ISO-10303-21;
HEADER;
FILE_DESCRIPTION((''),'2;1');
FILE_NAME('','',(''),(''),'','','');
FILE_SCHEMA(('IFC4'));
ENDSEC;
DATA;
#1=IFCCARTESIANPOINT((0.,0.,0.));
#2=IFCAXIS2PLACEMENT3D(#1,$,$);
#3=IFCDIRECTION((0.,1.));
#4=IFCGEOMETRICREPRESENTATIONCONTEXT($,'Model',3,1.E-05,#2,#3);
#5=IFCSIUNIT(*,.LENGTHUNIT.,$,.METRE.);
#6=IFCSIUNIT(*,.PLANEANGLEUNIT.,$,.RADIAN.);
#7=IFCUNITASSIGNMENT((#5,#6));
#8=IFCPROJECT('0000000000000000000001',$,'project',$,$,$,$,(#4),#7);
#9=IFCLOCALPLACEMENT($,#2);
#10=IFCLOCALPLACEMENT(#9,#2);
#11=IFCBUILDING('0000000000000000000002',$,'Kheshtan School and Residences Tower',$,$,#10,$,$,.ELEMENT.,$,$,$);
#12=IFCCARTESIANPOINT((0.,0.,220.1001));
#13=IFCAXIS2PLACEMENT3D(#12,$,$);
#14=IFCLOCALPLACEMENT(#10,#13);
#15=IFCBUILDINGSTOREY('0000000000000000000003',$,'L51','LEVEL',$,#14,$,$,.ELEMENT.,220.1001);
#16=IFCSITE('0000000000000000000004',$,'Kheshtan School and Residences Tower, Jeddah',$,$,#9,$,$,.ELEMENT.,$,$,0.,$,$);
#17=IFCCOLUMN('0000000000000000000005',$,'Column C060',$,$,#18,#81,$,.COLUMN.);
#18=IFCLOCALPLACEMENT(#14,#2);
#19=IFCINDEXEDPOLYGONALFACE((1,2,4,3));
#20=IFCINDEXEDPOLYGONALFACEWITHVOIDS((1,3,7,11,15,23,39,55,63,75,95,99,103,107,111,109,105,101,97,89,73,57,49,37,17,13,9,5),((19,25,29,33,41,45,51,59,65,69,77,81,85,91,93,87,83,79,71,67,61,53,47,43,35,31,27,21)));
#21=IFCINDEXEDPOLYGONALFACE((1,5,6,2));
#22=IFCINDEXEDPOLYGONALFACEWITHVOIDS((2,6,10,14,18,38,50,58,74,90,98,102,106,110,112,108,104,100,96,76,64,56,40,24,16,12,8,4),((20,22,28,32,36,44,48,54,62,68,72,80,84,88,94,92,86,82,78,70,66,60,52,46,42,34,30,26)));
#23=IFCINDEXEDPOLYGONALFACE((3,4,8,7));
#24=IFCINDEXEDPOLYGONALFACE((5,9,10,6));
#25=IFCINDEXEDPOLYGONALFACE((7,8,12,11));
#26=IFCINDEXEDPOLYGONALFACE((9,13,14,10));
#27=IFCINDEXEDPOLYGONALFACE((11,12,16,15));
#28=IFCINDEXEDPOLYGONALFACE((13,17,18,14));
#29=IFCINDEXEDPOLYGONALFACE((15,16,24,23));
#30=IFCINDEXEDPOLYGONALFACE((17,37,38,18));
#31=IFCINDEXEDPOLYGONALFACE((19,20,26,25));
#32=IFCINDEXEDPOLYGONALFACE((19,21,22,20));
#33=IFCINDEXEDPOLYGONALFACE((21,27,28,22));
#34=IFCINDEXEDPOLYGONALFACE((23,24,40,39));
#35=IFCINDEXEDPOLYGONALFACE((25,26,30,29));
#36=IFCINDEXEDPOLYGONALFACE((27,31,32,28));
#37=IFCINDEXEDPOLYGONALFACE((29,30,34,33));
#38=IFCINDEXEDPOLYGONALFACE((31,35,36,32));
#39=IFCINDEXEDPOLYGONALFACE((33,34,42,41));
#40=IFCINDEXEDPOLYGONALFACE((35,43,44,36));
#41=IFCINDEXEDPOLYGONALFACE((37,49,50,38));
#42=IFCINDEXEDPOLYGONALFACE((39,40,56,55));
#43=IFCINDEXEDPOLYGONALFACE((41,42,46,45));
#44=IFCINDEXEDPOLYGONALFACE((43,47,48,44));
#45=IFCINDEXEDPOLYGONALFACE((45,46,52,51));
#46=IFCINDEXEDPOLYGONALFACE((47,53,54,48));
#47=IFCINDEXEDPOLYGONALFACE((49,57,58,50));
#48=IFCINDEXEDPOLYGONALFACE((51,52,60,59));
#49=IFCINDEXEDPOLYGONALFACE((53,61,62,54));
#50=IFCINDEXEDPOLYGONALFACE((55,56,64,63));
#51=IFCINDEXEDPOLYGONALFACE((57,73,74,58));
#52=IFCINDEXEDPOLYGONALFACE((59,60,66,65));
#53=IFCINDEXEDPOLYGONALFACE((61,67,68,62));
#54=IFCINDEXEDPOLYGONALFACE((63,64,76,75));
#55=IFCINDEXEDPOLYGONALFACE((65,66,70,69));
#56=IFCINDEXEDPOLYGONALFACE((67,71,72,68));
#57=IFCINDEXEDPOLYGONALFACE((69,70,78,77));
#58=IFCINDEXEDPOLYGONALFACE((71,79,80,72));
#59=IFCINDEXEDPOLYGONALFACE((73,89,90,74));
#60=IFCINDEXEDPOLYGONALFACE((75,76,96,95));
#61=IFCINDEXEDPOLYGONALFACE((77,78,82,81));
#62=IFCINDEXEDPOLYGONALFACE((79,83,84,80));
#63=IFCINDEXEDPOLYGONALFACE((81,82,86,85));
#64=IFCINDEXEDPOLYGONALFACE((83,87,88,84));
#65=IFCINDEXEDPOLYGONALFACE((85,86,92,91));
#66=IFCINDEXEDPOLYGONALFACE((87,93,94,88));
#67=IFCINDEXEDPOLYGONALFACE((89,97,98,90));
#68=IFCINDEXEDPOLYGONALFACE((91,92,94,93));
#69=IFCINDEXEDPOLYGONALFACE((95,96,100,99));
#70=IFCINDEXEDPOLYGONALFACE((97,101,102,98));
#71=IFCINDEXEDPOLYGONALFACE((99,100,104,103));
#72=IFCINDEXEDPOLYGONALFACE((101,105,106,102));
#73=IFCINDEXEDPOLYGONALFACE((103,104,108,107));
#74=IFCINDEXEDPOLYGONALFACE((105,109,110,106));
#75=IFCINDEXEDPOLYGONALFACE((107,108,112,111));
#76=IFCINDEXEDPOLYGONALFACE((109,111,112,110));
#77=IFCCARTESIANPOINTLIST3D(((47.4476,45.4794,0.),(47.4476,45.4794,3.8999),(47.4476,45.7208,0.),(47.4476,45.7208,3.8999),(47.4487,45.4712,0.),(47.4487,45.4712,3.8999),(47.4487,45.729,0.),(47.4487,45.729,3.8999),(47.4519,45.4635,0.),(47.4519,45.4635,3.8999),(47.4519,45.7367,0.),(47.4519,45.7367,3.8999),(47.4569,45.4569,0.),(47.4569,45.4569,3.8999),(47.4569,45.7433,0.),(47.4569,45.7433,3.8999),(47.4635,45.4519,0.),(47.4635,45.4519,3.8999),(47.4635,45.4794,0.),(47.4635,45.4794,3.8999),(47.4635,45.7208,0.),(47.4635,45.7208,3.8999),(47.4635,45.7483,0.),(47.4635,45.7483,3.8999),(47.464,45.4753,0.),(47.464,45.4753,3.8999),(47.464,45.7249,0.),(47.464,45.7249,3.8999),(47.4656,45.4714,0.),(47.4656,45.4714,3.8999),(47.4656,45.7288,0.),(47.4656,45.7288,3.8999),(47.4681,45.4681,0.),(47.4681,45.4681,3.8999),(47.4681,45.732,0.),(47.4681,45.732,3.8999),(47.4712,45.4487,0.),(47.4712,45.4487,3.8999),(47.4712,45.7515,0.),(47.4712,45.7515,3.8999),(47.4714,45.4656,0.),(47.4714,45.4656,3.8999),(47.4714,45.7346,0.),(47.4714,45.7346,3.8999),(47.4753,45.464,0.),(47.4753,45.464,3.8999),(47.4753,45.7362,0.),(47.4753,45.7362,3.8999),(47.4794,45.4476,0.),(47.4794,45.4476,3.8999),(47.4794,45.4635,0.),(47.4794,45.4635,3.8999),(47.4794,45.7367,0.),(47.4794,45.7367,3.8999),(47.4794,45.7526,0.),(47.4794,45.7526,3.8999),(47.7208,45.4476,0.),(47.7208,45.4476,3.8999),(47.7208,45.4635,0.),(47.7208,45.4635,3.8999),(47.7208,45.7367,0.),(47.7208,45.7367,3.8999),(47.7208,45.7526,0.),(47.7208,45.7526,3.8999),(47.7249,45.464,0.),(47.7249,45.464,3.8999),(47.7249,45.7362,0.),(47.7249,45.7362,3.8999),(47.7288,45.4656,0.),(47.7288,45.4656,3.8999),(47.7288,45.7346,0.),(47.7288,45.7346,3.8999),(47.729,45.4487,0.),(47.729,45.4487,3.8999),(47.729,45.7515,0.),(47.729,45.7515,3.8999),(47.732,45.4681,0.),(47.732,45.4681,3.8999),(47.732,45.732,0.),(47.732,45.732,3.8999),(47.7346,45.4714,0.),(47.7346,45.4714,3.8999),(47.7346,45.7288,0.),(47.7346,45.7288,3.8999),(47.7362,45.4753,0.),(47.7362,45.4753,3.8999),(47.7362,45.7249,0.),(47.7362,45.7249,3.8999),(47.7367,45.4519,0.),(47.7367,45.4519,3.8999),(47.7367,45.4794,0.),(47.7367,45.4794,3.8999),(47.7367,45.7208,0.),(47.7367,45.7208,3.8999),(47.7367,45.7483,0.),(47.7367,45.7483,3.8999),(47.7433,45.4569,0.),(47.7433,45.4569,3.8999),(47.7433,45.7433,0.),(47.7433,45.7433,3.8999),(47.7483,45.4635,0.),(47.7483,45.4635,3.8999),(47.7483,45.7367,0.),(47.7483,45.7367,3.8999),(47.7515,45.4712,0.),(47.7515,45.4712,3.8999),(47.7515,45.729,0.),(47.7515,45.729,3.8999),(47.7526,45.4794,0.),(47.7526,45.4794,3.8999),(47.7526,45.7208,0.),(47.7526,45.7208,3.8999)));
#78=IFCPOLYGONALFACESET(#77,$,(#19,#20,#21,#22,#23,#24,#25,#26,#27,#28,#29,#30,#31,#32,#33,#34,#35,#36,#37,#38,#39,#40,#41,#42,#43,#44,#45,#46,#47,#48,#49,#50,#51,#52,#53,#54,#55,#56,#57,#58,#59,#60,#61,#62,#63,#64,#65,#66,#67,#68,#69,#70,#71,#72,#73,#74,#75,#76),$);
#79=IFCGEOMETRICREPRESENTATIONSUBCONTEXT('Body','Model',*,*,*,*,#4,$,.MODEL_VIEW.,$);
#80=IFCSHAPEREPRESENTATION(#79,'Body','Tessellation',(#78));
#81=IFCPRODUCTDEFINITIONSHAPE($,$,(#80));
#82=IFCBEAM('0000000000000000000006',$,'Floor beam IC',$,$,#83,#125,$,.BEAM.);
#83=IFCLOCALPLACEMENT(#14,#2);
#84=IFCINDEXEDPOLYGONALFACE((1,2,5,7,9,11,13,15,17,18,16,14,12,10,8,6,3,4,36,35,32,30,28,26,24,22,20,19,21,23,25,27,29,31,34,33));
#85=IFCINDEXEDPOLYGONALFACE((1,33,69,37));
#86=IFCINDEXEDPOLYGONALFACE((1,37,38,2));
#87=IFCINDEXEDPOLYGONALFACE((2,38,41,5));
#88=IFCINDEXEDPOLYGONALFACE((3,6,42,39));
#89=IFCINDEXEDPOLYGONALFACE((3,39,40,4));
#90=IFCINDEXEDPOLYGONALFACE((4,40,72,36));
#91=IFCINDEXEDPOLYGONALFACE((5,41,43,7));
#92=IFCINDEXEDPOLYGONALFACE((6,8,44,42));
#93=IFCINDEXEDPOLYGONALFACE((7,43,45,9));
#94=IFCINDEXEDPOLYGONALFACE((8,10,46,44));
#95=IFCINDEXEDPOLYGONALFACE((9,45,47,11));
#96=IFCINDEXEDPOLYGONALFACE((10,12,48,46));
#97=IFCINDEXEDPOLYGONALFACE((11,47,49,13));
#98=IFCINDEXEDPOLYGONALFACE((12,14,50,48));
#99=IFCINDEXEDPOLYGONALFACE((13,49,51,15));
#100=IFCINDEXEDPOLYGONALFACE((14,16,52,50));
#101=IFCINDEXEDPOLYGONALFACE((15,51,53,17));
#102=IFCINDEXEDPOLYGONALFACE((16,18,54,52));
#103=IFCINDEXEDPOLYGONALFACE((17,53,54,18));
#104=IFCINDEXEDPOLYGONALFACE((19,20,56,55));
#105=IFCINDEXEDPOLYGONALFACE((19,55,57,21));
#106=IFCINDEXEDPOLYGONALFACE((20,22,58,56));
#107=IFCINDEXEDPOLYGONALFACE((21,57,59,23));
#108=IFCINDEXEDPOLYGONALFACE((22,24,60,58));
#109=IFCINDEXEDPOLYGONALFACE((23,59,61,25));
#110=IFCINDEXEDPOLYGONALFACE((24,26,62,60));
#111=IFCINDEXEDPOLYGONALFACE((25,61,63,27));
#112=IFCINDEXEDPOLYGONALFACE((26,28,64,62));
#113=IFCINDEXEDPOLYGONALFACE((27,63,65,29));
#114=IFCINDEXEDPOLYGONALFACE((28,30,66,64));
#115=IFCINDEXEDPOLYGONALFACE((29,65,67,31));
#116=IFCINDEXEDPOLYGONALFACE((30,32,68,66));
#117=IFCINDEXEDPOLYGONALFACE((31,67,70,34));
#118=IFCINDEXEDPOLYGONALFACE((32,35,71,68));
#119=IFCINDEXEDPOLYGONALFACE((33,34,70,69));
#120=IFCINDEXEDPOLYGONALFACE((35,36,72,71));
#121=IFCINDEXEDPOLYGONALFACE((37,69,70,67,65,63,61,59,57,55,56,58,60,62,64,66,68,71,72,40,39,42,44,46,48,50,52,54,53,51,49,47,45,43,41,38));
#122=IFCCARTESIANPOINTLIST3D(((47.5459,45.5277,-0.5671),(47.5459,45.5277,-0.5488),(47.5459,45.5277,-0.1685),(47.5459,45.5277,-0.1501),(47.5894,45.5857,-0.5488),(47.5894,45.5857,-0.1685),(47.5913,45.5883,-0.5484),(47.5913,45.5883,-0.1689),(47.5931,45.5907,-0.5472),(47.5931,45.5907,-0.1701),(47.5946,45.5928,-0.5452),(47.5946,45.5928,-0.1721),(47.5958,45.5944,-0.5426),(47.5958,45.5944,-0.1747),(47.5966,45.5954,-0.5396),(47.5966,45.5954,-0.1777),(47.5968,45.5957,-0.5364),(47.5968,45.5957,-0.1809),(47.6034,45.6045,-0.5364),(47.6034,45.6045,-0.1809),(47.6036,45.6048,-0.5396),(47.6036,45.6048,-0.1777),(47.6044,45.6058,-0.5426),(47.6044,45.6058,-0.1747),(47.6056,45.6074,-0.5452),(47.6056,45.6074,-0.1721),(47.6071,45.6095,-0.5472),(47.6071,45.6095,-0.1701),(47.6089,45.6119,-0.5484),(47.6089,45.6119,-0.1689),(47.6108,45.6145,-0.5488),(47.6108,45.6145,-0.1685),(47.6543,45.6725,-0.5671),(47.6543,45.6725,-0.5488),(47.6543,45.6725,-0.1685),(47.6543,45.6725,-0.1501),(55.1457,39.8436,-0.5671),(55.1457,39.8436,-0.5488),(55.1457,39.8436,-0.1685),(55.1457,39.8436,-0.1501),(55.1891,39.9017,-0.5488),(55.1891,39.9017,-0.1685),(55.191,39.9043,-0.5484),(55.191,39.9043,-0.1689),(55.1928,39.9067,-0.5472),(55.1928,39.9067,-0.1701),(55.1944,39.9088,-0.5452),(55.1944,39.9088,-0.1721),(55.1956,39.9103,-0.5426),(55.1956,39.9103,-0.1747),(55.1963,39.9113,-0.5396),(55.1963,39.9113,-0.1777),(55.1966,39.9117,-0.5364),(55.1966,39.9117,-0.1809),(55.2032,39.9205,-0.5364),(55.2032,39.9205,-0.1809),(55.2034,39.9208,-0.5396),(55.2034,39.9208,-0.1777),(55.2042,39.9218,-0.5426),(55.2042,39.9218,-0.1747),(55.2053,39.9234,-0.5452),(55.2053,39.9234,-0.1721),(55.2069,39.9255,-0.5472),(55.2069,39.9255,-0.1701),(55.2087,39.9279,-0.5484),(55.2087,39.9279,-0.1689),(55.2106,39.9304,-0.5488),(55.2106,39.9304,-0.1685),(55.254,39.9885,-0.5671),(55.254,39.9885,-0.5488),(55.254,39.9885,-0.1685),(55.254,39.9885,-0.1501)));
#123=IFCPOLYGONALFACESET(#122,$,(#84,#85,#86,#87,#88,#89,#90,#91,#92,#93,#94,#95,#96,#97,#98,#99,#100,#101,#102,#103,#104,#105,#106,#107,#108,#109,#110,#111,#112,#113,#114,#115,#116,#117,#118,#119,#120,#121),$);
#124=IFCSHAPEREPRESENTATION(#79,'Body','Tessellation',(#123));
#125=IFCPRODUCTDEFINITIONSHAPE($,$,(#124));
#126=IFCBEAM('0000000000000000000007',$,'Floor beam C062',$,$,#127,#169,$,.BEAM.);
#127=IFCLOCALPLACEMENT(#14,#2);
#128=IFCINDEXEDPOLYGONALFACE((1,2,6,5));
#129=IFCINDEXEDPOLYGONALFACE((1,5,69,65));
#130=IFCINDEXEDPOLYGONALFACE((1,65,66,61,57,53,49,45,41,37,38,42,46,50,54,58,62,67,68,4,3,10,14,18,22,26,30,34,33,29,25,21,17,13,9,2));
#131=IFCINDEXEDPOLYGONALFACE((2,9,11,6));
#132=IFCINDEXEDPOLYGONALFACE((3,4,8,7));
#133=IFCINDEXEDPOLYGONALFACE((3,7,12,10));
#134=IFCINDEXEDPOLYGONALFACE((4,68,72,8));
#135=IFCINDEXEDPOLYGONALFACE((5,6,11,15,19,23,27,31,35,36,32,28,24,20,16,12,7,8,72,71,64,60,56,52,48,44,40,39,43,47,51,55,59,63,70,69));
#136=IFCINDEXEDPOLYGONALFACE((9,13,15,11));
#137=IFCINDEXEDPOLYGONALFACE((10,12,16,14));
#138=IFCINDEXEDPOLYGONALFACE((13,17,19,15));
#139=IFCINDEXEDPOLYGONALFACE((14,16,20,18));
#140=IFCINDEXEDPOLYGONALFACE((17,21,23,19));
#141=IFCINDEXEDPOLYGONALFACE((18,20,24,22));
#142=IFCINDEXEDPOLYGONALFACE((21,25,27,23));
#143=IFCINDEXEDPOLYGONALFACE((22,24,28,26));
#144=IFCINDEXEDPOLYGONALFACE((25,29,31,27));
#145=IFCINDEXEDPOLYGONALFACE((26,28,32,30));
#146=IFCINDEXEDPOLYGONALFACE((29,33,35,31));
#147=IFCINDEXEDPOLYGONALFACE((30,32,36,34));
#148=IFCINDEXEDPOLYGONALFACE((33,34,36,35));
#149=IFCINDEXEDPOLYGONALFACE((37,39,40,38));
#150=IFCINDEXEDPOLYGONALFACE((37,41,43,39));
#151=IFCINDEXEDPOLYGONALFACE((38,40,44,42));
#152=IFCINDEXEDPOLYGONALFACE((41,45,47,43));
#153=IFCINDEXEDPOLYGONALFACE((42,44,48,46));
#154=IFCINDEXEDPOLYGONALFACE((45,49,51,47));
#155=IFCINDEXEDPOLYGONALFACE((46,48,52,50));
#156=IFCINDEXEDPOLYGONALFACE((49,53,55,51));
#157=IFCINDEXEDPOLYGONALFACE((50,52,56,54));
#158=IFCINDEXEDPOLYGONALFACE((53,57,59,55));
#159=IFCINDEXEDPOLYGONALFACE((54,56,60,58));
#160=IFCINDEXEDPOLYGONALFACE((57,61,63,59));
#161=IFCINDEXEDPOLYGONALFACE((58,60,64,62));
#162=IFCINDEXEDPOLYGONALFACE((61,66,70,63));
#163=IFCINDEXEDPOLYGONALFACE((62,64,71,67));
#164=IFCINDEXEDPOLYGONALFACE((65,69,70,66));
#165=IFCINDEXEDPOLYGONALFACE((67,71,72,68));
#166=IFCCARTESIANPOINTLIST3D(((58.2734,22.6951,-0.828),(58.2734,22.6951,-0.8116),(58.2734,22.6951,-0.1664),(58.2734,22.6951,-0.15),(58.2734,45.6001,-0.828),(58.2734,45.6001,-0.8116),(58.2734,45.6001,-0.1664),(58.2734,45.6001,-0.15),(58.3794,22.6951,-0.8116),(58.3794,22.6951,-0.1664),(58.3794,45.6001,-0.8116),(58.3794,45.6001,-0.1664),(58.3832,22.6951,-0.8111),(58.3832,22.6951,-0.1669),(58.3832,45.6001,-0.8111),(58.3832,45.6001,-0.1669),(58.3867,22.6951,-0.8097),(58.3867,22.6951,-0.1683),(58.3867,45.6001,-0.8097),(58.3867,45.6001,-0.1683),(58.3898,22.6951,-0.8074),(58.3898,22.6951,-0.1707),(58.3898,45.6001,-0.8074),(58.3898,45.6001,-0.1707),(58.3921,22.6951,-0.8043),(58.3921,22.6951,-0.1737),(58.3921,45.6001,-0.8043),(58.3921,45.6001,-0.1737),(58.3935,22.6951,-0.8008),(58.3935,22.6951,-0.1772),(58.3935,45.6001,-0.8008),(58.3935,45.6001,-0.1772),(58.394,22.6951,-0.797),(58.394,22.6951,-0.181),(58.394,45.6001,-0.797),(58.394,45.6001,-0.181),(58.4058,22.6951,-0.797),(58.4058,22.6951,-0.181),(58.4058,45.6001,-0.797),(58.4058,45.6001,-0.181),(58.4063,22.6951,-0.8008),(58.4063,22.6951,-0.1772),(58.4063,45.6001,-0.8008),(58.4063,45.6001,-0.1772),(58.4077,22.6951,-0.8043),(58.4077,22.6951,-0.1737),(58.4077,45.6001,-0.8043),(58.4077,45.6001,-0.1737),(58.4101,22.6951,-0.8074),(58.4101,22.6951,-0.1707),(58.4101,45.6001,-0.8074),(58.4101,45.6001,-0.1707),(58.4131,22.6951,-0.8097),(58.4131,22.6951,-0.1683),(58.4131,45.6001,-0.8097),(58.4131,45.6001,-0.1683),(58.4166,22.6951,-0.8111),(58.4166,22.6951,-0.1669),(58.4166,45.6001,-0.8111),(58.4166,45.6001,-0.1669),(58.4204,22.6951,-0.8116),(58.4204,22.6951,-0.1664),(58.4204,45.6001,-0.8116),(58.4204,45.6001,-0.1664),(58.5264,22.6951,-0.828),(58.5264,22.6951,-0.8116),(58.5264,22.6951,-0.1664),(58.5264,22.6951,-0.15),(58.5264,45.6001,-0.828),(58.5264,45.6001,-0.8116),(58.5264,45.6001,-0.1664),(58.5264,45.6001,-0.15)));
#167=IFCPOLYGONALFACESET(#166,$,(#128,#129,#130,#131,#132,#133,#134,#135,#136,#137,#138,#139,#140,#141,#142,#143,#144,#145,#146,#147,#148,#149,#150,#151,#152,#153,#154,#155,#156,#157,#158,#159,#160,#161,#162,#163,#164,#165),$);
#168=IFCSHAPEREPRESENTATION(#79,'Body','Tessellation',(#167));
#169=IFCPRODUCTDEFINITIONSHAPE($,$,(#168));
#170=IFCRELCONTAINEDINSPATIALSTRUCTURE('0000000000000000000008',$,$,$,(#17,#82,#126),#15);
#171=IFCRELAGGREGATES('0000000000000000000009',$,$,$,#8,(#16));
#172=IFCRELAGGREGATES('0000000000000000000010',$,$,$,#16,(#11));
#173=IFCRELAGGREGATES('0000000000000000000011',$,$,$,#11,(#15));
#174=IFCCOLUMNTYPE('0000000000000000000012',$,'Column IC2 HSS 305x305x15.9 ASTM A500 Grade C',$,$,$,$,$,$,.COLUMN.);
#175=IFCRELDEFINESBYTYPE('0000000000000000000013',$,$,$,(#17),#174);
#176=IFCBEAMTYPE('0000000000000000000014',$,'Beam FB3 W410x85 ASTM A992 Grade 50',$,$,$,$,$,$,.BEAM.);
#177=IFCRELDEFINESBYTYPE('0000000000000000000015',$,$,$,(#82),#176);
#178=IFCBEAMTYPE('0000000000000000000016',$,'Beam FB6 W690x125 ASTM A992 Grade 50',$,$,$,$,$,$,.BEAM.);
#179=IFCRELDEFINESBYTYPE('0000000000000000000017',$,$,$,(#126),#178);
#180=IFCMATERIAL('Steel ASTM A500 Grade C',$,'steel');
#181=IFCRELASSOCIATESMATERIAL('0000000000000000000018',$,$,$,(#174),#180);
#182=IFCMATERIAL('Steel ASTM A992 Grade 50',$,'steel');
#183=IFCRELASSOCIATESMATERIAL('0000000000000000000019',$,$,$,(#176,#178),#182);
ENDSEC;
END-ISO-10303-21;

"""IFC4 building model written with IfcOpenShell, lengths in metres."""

from ifc_helpers import new_model, si_unit, direction, frame, origin, origin_2d, place, context, subcontext, project, spatial, hollow_rectangle, i_section, extrude, material, material_profile, profile_set, type_object, element, save


model = new_model("IFC4")

# Units and contexts
model_context = context("Model", 3, precision=1e-05, world=origin(), true_north=direction((0.0, 1.0)))
body_context = subcontext(model_context, "Body", "Model", "MODEL_VIEW")
ifc_project = project(units=[si_unit("LENGTHUNIT", "METRE"), si_unit("PLANEANGLEUNIT", "RADIAN")], contexts=[model_context])

# Site, building, storey
site_placement = place(None, origin())
site = spatial("IfcSite", under=ifc_project, at=site_placement, Name="Kheshtan School and Residences Tower, Jeddah", CompositionType="ELEMENT", RefElevation=0.0)
building_placement = place(site_placement, origin())
building = spatial("IfcBuilding", under=site, at=building_placement, Name="Kheshtan School and Residences Tower", CompositionType="ELEMENT")
storey_placement = place(building_placement, frame((0.0, 0.0, 220.1001)))
storey = spatial("IfcBuildingStorey", under=building, at=storey_placement, Name="L51", Description="LEVEL", CompositionType="ELEMENT", Elevation=220.1001)

# Column
ifc_material_1 = material(Name="Steel ASTM A992 Grade 50", Category="steel")
ifc_material_2 = material(Name="Steel ASTM A500 Grade C", Category="steel")
ifc_material_profile_1 = material_profile(ifc_material_2, hollow_rectangle(XDim=0.3049, YDim=0.3049, WallThickness=0.0159, InnerFilletRadius=0.0159, OuterFilletRadius=0.0317, at=origin_2d()), Name="HSS 305x305x15.9")
ifc_profile_set_1 = profile_set([ifc_material_profile_1], Name="Steel ASTM A500 Grade C")
column_type_1 = type_object("IfcColumnType", Name="Column IC2 HSS 305x305x15.9 ASTM A500 Grade C", PredefinedType="COLUMN", material=ifc_profile_set_1)
column_placement = place(storey_placement, frame((47.6001, 45.6001, 0.0), z_axis=(0.0, 0.0, 1.0), x_axis=(1.0, 0.0, 0.0)))
element("IfcColumn", 1, at=column_placement, inside=storey, type_object=column_type_1, Name="Column C060", PredefinedType="COLUMN", context=body_context, shape_type="SweptSolid", body=[
    extrude(hollow_rectangle(XDim=0.3049, YDim=0.3049, WallThickness=0.0159, InnerFilletRadius=0.0159, OuterFilletRadius=0.0317, at=origin_2d()), origin(), (0.0, 0.0, 1.0), 3.8999),
])

# Beams
ifc_material_profile_2 = material_profile(ifc_material_1, i_section(OverallWidth=0.1809, OverallDepth=0.417, WebThickness=0.011, FlangeThickness=0.0183, FilletRadius=0.0125, at=origin_2d()), Name="W410x85")
ifc_profile_set_2 = profile_set([ifc_material_profile_2], Name="Steel ASTM A992 Grade 50")
beam_type_1 = type_object("IfcBeamType", Name="Beam FB3 W410x85 ASTM A992 Grade 50", PredefinedType="BEAM", material=ifc_profile_set_2)
beam_1_placement = place(storey_placement, frame((47.6001, 45.6001, -0.3586), z_axis=(0.800799, -0.598933, 0.0), x_axis=(0.598933, 0.800799, 0.0)))
element("IfcBeam", 2, at=beam_1_placement, inside=storey, type_object=beam_type_1, Name="Floor beam IC", PredefinedType="BEAM", context=body_context, shape_type="SweptSolid", body=[
    extrude(i_section(OverallWidth=0.1809, OverallDepth=0.417, WebThickness=0.011, FlangeThickness=0.0183, FilletRadius=0.0125, at=origin_2d()), origin(), (0.0, 0.0, 1.0), 9.4902),
])
ifc_material_profile_3 = material_profile(ifc_material_1, i_section(OverallWidth=0.2529, OverallDepth=0.678, WebThickness=0.0117, FlangeThickness=0.0164, FilletRadius=0.0146, at=origin_2d()), Name="W690x125")
ifc_profile_set_3 = profile_set([ifc_material_profile_3], Name="Steel ASTM A992 Grade 50")
beam_type_2 = type_object("IfcBeamType", Name="Beam FB6 W690x125 ASTM A992 Grade 50", PredefinedType="BEAM", material=ifc_profile_set_3)
beam_2_placement = place(storey_placement, frame((58.3999, 45.6001, -0.489), z_axis=(0.0, -1.0, 0.0), x_axis=(1.0, 0.0, 0.0)))
element("IfcBeam", 3, at=beam_2_placement, inside=storey, type_object=beam_type_2, Name="Floor beam C062", PredefinedType="BEAM", context=body_context, shape_type="SweptSolid", body=[
    extrude(i_section(OverallWidth=0.2529, OverallDepth=0.678, WebThickness=0.0117, FlangeThickness=0.0164, FilletRadius=0.0146, at=origin_2d()), origin(), (0.0, 0.0, 1.0), 22.905),
])

save(model, "model.ifc")
